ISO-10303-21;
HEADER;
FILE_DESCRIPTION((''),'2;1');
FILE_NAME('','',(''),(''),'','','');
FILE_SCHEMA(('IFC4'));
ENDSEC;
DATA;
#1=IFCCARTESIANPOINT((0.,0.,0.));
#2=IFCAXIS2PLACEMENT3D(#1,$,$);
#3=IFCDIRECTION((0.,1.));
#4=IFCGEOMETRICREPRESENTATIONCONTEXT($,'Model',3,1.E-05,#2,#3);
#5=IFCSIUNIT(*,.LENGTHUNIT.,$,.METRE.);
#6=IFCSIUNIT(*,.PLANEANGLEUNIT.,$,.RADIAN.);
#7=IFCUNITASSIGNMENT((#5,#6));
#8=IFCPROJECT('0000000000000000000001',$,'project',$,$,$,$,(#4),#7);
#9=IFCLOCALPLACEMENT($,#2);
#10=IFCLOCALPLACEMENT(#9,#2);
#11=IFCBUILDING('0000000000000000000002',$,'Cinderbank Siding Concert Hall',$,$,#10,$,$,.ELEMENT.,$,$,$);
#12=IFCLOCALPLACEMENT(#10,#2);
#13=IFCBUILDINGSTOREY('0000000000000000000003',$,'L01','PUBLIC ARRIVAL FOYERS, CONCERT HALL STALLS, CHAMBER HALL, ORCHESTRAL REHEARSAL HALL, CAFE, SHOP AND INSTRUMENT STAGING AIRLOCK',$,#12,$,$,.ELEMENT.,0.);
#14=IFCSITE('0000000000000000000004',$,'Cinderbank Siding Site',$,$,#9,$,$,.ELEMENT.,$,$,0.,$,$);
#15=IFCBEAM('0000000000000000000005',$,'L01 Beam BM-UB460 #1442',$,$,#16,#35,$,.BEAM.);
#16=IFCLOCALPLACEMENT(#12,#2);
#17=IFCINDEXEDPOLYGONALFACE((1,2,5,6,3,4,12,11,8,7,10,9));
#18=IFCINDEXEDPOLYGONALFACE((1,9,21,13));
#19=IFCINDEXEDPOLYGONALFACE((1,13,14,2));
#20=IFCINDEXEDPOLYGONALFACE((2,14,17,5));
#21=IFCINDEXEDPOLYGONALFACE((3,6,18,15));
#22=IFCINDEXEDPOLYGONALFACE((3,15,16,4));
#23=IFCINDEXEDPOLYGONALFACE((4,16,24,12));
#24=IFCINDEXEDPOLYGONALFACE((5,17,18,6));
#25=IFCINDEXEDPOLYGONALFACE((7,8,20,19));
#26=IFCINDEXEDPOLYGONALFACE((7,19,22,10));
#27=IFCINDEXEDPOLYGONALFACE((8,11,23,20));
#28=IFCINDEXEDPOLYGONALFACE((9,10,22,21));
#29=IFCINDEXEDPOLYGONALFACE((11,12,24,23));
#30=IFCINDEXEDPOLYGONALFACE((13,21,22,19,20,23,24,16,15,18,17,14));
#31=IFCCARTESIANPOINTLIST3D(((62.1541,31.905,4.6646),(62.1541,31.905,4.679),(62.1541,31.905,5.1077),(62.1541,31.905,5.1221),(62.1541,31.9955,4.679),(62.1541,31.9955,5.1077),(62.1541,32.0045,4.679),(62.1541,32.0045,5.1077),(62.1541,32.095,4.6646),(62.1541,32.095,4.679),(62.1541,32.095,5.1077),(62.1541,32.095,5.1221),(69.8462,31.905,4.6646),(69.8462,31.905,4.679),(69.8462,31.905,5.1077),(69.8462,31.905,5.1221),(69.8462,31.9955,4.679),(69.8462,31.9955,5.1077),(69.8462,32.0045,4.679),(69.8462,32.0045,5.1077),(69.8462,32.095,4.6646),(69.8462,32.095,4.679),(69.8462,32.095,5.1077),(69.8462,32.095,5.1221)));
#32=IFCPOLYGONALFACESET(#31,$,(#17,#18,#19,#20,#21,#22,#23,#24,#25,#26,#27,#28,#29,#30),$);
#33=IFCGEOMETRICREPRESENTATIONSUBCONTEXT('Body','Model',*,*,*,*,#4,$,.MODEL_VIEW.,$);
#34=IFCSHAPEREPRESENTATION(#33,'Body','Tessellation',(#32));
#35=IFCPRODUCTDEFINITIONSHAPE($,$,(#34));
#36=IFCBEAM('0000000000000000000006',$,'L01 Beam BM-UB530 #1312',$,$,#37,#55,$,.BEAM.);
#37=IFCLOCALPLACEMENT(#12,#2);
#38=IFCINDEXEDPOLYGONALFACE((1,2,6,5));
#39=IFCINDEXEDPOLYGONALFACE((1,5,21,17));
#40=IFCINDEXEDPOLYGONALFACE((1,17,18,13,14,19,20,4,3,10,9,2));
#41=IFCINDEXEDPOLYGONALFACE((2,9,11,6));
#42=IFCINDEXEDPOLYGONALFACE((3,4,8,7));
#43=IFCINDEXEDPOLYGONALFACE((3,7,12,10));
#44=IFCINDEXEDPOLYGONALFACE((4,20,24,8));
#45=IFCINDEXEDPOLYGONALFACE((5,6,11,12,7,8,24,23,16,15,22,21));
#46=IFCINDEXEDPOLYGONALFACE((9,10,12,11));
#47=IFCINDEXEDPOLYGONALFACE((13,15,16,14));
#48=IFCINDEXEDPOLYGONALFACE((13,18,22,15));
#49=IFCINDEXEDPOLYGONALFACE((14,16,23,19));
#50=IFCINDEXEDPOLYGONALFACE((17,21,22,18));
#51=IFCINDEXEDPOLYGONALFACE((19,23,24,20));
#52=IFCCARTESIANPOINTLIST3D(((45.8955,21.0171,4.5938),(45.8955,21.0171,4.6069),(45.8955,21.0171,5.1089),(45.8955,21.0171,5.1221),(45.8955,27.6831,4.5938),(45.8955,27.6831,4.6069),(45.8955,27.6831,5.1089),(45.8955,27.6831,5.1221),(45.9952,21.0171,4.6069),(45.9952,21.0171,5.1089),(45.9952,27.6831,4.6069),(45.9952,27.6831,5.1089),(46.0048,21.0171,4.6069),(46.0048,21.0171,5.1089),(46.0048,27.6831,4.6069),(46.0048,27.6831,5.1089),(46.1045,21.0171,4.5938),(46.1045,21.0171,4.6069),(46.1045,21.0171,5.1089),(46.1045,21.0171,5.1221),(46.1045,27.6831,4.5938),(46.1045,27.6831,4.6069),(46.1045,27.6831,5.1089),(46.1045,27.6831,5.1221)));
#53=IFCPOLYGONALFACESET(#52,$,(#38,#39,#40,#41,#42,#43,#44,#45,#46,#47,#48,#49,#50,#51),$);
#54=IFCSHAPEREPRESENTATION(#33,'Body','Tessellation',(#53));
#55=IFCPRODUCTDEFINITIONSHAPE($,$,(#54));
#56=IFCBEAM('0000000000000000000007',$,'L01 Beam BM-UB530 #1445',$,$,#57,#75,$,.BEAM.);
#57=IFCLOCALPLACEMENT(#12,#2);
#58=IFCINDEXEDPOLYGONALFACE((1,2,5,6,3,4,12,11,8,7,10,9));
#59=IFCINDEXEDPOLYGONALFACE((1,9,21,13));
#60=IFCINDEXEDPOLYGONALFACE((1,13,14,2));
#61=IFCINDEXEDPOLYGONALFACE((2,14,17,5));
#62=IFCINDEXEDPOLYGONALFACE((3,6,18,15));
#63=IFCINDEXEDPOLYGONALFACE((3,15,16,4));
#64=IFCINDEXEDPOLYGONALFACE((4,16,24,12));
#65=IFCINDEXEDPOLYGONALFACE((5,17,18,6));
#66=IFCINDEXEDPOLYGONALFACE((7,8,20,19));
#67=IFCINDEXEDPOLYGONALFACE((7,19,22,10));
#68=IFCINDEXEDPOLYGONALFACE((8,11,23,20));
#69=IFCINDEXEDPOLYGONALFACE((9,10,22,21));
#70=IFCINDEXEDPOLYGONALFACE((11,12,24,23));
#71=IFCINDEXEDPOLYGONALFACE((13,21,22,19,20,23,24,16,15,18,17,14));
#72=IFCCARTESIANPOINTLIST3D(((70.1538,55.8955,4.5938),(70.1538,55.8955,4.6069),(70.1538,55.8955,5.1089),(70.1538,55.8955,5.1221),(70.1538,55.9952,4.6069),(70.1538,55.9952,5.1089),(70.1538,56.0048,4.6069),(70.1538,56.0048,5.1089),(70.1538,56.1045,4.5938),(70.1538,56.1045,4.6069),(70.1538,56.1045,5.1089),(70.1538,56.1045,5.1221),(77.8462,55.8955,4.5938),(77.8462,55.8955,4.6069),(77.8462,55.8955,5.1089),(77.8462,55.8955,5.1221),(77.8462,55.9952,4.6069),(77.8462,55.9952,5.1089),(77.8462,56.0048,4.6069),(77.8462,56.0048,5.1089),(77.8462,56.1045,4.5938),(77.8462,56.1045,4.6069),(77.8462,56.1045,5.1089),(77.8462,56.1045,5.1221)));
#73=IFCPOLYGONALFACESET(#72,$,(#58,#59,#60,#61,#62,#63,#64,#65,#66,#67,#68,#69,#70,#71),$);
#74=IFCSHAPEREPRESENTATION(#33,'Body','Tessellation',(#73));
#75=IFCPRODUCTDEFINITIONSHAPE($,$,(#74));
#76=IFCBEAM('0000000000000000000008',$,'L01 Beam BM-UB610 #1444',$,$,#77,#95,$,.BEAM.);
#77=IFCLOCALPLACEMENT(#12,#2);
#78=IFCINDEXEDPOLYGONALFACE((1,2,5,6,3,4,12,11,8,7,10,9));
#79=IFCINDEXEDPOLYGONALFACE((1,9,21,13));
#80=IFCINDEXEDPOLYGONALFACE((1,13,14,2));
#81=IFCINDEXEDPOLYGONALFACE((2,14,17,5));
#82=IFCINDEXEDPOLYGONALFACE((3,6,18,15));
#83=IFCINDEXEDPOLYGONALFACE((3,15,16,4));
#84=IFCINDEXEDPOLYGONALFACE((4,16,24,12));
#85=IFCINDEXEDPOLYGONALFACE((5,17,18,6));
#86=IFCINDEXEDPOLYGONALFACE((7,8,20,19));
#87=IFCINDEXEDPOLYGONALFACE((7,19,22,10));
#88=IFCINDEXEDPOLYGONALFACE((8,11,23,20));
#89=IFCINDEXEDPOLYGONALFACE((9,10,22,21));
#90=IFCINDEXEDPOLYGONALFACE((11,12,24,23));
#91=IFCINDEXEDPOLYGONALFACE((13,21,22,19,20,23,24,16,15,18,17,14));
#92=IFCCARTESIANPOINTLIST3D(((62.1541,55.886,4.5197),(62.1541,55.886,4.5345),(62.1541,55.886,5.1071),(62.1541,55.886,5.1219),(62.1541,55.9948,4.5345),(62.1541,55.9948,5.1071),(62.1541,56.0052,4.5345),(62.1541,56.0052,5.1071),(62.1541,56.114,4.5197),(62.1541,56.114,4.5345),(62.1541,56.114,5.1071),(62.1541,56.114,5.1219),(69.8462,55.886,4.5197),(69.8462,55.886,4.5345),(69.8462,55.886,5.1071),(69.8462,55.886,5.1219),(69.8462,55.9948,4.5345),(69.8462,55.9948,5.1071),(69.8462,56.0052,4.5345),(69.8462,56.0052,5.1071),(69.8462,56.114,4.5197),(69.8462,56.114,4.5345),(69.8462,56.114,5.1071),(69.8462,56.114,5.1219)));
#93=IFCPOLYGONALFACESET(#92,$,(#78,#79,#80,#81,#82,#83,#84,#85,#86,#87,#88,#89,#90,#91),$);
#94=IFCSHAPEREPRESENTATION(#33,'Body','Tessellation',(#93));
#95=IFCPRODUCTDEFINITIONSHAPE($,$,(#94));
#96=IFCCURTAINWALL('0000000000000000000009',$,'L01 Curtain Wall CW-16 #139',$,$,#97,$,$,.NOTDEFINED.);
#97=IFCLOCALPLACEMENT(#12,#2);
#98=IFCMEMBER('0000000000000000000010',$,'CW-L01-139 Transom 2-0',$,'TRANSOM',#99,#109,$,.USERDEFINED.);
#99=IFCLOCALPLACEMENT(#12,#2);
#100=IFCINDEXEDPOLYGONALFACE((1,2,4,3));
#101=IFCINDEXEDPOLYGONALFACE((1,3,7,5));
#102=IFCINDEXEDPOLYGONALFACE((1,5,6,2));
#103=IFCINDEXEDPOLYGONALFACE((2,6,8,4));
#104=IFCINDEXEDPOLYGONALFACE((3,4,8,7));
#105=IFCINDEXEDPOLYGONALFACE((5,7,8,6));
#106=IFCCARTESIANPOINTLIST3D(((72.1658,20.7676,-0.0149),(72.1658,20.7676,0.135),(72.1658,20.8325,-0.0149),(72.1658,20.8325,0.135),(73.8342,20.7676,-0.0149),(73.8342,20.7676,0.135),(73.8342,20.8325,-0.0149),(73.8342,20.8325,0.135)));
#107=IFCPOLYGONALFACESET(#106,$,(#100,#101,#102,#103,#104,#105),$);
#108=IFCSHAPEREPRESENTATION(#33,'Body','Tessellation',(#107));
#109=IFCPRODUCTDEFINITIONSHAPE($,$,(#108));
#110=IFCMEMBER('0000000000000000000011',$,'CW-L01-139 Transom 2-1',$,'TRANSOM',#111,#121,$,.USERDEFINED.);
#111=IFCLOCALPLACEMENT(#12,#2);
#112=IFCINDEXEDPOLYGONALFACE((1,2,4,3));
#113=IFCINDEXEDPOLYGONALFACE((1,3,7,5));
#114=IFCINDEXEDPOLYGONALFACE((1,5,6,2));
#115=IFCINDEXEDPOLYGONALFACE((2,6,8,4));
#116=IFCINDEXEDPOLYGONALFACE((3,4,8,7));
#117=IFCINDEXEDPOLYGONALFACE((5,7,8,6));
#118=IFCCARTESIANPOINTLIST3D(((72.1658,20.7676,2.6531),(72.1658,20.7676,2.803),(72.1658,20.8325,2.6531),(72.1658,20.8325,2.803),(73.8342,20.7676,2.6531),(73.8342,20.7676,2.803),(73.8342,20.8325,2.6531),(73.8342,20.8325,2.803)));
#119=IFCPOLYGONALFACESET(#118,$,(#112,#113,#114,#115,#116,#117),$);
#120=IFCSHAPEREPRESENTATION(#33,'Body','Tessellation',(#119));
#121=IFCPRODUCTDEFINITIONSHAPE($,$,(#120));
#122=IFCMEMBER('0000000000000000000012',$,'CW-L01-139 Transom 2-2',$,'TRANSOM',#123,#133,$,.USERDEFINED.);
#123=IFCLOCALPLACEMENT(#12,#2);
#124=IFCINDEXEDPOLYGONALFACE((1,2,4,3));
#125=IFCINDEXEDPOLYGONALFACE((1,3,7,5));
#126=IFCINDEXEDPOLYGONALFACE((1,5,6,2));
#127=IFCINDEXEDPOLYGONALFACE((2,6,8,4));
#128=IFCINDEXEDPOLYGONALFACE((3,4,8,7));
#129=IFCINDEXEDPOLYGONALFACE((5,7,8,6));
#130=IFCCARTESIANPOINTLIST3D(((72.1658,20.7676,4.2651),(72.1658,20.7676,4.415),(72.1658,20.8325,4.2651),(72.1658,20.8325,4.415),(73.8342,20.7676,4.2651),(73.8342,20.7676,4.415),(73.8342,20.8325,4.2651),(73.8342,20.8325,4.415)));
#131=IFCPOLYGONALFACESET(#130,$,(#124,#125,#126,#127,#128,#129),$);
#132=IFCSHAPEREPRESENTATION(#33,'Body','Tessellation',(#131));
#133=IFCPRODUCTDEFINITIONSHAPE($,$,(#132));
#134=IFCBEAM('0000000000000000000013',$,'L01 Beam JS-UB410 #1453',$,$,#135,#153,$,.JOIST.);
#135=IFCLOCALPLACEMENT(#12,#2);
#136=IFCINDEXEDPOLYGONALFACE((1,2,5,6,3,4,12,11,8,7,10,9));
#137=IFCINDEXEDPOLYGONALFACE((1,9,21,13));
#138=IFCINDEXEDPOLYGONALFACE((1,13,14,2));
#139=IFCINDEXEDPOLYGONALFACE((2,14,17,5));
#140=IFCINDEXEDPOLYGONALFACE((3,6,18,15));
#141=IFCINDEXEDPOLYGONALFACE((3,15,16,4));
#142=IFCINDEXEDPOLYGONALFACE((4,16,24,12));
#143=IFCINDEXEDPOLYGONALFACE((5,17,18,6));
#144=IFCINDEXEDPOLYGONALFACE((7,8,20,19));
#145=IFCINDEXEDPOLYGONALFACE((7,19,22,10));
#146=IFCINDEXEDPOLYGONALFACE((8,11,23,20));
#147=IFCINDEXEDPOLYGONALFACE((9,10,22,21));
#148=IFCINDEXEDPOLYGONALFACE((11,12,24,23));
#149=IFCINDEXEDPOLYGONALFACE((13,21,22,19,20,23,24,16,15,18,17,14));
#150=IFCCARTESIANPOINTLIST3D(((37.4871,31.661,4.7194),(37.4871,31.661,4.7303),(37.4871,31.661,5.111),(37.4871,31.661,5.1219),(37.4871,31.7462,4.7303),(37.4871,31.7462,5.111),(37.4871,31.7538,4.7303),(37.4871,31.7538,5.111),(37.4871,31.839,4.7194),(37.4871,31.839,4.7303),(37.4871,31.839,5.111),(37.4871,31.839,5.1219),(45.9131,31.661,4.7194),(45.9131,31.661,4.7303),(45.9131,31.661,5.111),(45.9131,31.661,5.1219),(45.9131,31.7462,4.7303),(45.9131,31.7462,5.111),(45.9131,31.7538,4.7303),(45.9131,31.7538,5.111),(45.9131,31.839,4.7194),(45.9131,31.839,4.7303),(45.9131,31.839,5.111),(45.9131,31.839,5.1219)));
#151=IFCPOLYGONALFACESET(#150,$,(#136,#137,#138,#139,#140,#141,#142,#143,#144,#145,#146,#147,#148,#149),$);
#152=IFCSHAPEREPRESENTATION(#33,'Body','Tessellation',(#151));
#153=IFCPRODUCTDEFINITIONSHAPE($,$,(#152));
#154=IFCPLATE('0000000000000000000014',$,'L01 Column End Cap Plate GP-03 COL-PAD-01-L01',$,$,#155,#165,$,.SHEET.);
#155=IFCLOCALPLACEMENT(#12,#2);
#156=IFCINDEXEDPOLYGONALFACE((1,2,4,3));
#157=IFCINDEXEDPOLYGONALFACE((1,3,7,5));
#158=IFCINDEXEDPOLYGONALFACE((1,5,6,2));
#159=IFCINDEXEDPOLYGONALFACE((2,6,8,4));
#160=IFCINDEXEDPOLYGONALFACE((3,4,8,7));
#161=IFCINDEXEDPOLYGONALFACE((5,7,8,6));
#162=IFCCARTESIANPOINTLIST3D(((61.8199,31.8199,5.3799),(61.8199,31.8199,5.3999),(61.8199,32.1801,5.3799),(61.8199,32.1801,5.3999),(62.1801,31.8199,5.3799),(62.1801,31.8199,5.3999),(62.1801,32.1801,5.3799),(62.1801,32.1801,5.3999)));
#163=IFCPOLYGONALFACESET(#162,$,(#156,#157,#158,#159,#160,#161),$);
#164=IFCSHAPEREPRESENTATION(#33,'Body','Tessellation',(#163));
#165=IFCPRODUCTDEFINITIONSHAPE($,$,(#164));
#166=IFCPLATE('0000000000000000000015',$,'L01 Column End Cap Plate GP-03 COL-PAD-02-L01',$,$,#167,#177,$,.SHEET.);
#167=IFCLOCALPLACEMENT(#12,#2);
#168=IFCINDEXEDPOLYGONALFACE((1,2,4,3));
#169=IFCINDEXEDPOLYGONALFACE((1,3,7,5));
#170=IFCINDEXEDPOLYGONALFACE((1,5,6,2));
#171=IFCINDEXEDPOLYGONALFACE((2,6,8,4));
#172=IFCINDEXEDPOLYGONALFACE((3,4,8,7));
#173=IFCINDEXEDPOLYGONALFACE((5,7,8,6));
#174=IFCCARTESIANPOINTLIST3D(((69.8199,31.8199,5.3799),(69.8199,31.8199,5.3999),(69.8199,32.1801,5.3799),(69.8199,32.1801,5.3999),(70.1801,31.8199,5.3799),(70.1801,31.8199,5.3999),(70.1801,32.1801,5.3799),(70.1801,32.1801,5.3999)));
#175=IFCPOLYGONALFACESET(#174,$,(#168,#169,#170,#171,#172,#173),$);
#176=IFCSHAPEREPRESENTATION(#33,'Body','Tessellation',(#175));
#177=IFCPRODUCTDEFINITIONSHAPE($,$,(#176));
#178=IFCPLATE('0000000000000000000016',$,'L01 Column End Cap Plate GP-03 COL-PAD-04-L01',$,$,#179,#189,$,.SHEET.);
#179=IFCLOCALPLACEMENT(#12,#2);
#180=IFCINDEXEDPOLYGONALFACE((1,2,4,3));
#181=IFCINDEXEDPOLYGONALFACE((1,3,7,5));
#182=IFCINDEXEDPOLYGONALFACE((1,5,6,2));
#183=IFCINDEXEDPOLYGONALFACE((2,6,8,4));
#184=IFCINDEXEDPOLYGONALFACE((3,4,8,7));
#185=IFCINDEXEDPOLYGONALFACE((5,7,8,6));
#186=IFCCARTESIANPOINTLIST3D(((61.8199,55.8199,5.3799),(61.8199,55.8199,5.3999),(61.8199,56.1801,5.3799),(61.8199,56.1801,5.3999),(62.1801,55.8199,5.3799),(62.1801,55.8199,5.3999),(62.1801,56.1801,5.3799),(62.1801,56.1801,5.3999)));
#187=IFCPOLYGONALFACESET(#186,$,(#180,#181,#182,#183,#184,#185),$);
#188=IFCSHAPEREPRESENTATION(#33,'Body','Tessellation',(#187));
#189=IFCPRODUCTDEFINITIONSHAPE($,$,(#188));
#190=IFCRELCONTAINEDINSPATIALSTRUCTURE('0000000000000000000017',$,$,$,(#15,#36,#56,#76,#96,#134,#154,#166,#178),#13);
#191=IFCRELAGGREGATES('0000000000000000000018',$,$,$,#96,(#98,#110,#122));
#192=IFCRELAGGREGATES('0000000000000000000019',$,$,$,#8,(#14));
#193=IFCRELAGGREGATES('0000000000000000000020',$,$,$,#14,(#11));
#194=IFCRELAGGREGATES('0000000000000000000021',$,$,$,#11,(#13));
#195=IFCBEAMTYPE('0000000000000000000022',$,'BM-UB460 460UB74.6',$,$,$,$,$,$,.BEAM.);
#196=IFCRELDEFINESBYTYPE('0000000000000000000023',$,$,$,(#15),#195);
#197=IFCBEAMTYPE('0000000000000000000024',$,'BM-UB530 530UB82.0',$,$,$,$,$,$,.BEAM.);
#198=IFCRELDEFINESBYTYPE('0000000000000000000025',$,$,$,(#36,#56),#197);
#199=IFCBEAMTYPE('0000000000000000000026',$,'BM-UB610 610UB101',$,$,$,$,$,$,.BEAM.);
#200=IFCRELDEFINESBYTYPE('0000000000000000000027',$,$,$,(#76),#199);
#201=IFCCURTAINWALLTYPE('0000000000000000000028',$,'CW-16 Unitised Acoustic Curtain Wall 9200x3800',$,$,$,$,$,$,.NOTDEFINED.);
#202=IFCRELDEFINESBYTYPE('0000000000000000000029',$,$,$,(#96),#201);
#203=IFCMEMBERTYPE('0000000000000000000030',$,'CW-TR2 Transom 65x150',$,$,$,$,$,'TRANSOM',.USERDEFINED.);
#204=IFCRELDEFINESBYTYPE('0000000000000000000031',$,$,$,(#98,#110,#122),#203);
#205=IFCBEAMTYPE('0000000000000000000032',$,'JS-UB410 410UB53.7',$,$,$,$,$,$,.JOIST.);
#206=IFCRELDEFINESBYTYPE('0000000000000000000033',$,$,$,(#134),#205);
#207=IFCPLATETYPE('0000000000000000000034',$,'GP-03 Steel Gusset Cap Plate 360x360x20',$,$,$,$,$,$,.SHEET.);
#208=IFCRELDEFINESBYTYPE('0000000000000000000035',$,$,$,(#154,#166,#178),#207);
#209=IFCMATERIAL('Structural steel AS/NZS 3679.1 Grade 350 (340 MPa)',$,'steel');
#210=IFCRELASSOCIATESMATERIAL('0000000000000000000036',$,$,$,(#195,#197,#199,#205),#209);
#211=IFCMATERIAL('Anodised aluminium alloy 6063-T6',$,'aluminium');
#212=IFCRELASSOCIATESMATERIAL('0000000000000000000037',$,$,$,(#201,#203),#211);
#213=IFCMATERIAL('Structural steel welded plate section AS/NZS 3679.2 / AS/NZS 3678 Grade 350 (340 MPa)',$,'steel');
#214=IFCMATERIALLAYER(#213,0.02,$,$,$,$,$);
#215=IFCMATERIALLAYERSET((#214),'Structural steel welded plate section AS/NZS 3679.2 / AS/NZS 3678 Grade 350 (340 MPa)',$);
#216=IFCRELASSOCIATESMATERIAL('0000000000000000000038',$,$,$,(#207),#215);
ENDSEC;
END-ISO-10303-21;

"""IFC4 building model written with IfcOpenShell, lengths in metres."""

from ifc_helpers import new_model, si_unit, direction, frame, origin, origin_2d, place, context, subcontext, project, spatial, rectangle, i_section, extrude, material, layer, layer_set, material_profile, profile_set, type_object, element, aggregate, save


model = new_model("IFC4")

# Units and contexts
model_context = context("Model", 3, precision=1e-05, world=origin(), true_north=direction((0.0, 1.0)))
body_context = subcontext(model_context, "Body", "Model", "MODEL_VIEW")
ifc_project = project(units=[si_unit("LENGTHUNIT", "METRE"), si_unit("PLANEANGLEUNIT", "RADIAN")], contexts=[model_context])

# Site, building, storey
site_placement = place(None, origin())
site = spatial("IfcSite", under=ifc_project, at=site_placement, Name="Cinderbank Siding Site", CompositionType="ELEMENT", RefElevation=0.0)
building_placement = place(site_placement, origin())
building = spatial("IfcBuilding", under=site, at=building_placement, Name="Cinderbank Siding Concert Hall", CompositionType="ELEMENT")
storey_placement = place(building_placement, origin())
storey = spatial("IfcBuildingStorey", under=building, at=storey_placement, Name="L01", Description="PUBLIC ARRIVAL FOYERS, CONCERT HALL STALLS, CHAMBER HALL, ORCHESTRAL REHEARSAL HALL, CAFE, SHOP AND INSTRUMENT STAGING AIRLOCK", CompositionType="ELEMENT", Elevation=0.0)

# Beams
ifc_material_1 = material(Name="Structural steel AS/NZS 3679.1 Grade 350 (340 MPa)", Category="steel")
ifc_material_profile_1 = material_profile(ifc_material_1, i_section(OverallWidth=0.1899, OverallDepth=0.4575, WebThickness=0.009, FlangeThickness=0.0144, at=origin_2d()), Name="460UB74.6", Category="LoadBearing")
ifc_profile_set_1 = profile_set([ifc_material_profile_1], Name="Structural steel AS/NZS 3679.1 Grade 350 (340 MPa)")
beam_type_1 = type_object("IfcBeamType", Name="BM-UB460 460UB74.6", PredefinedType="BEAM", material=ifc_profile_set_1)
beam_1_placement = place(storey_placement, frame((62.1541, 32.0, 4.8933), z_axis=(1.0, 0.0, 0.0), x_axis=(0.0, 1.0, 0.0)))
element("IfcBeam", 1, at=beam_1_placement, inside=storey, type_object=beam_type_1, Name="L01 Beam BM-UB460 #1442", PredefinedType="BEAM", context=body_context, shape_type="SweptSolid", body=[
    extrude(i_section(OverallWidth=0.1899, OverallDepth=0.4575, WebThickness=0.009, FlangeThickness=0.0144, at=origin_2d()), origin(), (0.0, 0.0, 1.0), 7.6921),
])
ifc_material_profile_2 = material_profile(ifc_material_1, i_section(OverallWidth=0.209, OverallDepth=0.5283, WebThickness=0.0095, FlangeThickness=0.0132, at=origin_2d()), Name="530UB82.0", Category="LoadBearing")
ifc_profile_set_2 = profile_set([ifc_material_profile_2], Name="Structural steel AS/NZS 3679.1 Grade 350 (340 MPa)")
beam_type_2 = type_object("IfcBeamType", Name="BM-UB530 530UB82.0", PredefinedType="BEAM", material=ifc_profile_set_2)
beam_2_placement = place(storey_placement, frame((46.0, 21.0171, 4.8579), z_axis=(0.0, 1.0, 0.0), x_axis=(-1.0, 0.0, 0.0)))
element("IfcBeam", 2, at=beam_2_placement, inside=storey, type_object=beam_type_2, Name="L01 Beam BM-UB530 #1312", PredefinedType="BEAM", context=body_context, shape_type="SweptSolid", body=[
    extrude(i_section(OverallWidth=0.209, OverallDepth=0.5283, WebThickness=0.0095, FlangeThickness=0.0132, at=origin_2d()), origin(), (0.0, 0.0, 1.0), 6.666),
])
beam_3_placement = place(storey_placement, frame((70.1538, 56.0, 4.8579), z_axis=(1.0, 0.0, 0.0), x_axis=(0.0, 1.0, 0.0)))
element("IfcBeam", 3, at=beam_3_placement, inside=storey, type_object=beam_type_2, Name="L01 Beam BM-UB530 #1445", PredefinedType="BEAM", context=body_context, shape_type="SweptSolid", body=[
    extrude(i_section(OverallWidth=0.209, OverallDepth=0.5283, WebThickness=0.0095, FlangeThickness=0.0132, at=origin_2d()), origin(), (0.0, 0.0, 1.0), 7.6924),
])
ifc_material_profile_3 = material_profile(ifc_material_1, i_section(OverallWidth=0.228, OverallDepth=0.6023, WebThickness=0.0105, FlangeThickness=0.0149, at=origin_2d()), Name="610UB101", Category="LoadBearing")
ifc_profile_set_3 = profile_set([ifc_material_profile_3], Name="Structural steel AS/NZS 3679.1 Grade 350 (340 MPa)")
beam_type_3 = type_object("IfcBeamType", Name="BM-UB610 610UB101", PredefinedType="BEAM", material=ifc_profile_set_3)
beam_4_placement = place(storey_placement, frame((62.1541, 56.0, 4.8208), z_axis=(1.0, 0.0, 0.0), x_axis=(0.0, 1.0, 0.0)))
element("IfcBeam", 4, at=beam_4_placement, inside=storey, type_object=beam_type_3, Name="L01 Beam BM-UB610 #1444", PredefinedType="BEAM", context=body_context, shape_type="SweptSolid", body=[
    extrude(i_section(OverallWidth=0.228, OverallDepth=0.6023, WebThickness=0.0105, FlangeThickness=0.0149, at=origin_2d()), origin(), (0.0, 0.0, 1.0), 7.6921),
])

# Curtain wall, members
ifc_material_2 = material(Name="Anodised aluminium alloy 6063-T6", Category="aluminium")
curtain_wall_type = type_object("IfcCurtainWallType", Name="CW-16 Unitised Acoustic Curtain Wall 9200x3800", PredefinedType="NOTDEFINED", material=ifc_material_2)
curtain_wall_placement = place(storey_placement, origin())
curtain_wall = element("IfcCurtainWall", 5, at=curtain_wall_placement, inside=storey, type_object=curtain_wall_type, Name="L01 Curtain Wall CW-16 #139", PredefinedType="NOTDEFINED")
ifc_material_profile_4 = material_profile(ifc_material_2, rectangle(XDim=0.0649, YDim=0.1499, at=origin_2d()), Name="ALU-TRAN-65x150", Category="LoadBearing")
ifc_profile_set_4 = profile_set([ifc_material_profile_4], Name="Anodised aluminium alloy 6063-T6")
member_type = type_object("IfcMemberType", Name="CW-TR2 Transom 65x150", ElementType="TRANSOM", PredefinedType="USERDEFINED", material=ifc_profile_set_4)
member_1_placement = place(storey_placement, frame((72.1658, 20.8, 0.0601), z_axis=(1.0, 0.0, 0.0), x_axis=(0.0, 1.0, 0.0)))
member_1 = element("IfcMember", 6, at=member_1_placement, type_object=member_type, Name="CW-L01-139 Transom 2-0", ObjectType="TRANSOM", PredefinedType="USERDEFINED", context=body_context, shape_type="SweptSolid", body=[
    extrude(rectangle(XDim=0.0649, YDim=0.1499, at=origin_2d()), origin(), (0.0, 0.0, 1.0), 1.6685),
])
member_2_placement = place(storey_placement, frame((72.1658, 20.8, 2.728), z_axis=(1.0, 0.0, 0.0), x_axis=(0.0, 1.0, 0.0)))
member_2 = element("IfcMember", 7, at=member_2_placement, type_object=member_type, Name="CW-L01-139 Transom 2-1", ObjectType="TRANSOM", PredefinedType="USERDEFINED", context=body_context, shape_type="SweptSolid", body=[
    extrude(rectangle(XDim=0.0649, YDim=0.1499, at=origin_2d()), origin(), (0.0, 0.0, 1.0), 1.6685),
])
member_3_placement = place(storey_placement, frame((72.1658, 20.8, 4.3401), z_axis=(1.0, 0.0, 0.0), x_axis=(0.0, 1.0, 0.0)))
member_3 = element("IfcMember", 8, at=member_3_placement, type_object=member_type, Name="CW-L01-139 Transom 2-2", ObjectType="TRANSOM", PredefinedType="USERDEFINED", context=body_context, shape_type="SweptSolid", body=[
    extrude(rectangle(XDim=0.0649, YDim=0.1499, at=origin_2d()), origin(), (0.0, 0.0, 1.0), 1.6685),
])
aggregate(curtain_wall, [member_1, member_2, member_3])

# Beam
ifc_material_profile_5 = material_profile(ifc_material_1, i_section(OverallWidth=0.178, OverallDepth=0.4026, WebThickness=0.0076, FlangeThickness=0.011, at=origin_2d()), Name="410UB53.7", Category="LoadBearing")
ifc_profile_set_5 = profile_set([ifc_material_profile_5], Name="Structural steel AS/NZS 3679.1 Grade 350 (340 MPa)")
beam_type_4 = type_object("IfcBeamType", Name="JS-UB410 410UB53.7", PredefinedType="JOIST", material=ifc_profile_set_5)
beam_5_placement = place(storey_placement, frame((37.4871, 31.75, 4.9207), z_axis=(1.0, 0.0, 0.0), x_axis=(0.0, 1.0, 0.0)))
element("IfcBeam", 9, at=beam_5_placement, inside=storey, type_object=beam_type_4, Name="L01 Beam JS-UB410 #1453", PredefinedType="JOIST", context=body_context, shape_type="SweptSolid", body=[
    extrude(i_section(OverallWidth=0.178, OverallDepth=0.4026, WebThickness=0.0076, FlangeThickness=0.011, at=origin_2d()), origin(), (0.0, 0.0, 1.0), 8.426),
])

# Plates
ifc_material_3 = material(Name="Structural steel welded plate section AS/NZS 3679.2 / AS/NZS 3678 Grade 350 (340 MPa)", Category="steel")
ifc_layer = layer(ifc_material_3, 0.02)
ifc_layer_set = layer_set([ifc_layer], Name="Structural steel welded plate section AS/NZS 3679.2 / AS/NZS 3678 Grade 350 (340 MPa)")
plate_type = type_object("IfcPlateType", Name="GP-03 Steel Gusset Cap Plate 360x360x20", PredefinedType="SHEET", material=ifc_layer_set)
for number, where, z_axis, x_axis, name in (
    (10, (62.0, 32.0, 5.3799), (0.0, 0.0, 1.0), (1.0, 0.0, 0.0), "L01 Column End Cap Plate GP-03 COL-PAD-01-L01"),
    (11, (70.0, 32.0, 5.3799), (0.0, 0.0, 1.0), (1.0, 0.0, 0.0), "L01 Column End Cap Plate GP-03 COL-PAD-02-L01"),
    (12, (62.0, 56.0, 5.3799), (0.0, 0.0, 1.0), (1.0, 0.0, 0.0), "L01 Column End Cap Plate GP-03 COL-PAD-04-L01"),
):
    element("IfcPlate", number, at=place(storey_placement, frame(where, z_axis=z_axis, x_axis=x_axis)), inside=storey, type_object=plate_type, Name=name, PredefinedType="SHEET", context=body_context, shape_type="SweptSolid", body=[
        extrude(rectangle(XDim=0.3601, YDim=0.3601, at=origin_2d()), origin(), (0.0, 0.0, 1.0), 0.02),
    ])

save(model, "model.ifc")
